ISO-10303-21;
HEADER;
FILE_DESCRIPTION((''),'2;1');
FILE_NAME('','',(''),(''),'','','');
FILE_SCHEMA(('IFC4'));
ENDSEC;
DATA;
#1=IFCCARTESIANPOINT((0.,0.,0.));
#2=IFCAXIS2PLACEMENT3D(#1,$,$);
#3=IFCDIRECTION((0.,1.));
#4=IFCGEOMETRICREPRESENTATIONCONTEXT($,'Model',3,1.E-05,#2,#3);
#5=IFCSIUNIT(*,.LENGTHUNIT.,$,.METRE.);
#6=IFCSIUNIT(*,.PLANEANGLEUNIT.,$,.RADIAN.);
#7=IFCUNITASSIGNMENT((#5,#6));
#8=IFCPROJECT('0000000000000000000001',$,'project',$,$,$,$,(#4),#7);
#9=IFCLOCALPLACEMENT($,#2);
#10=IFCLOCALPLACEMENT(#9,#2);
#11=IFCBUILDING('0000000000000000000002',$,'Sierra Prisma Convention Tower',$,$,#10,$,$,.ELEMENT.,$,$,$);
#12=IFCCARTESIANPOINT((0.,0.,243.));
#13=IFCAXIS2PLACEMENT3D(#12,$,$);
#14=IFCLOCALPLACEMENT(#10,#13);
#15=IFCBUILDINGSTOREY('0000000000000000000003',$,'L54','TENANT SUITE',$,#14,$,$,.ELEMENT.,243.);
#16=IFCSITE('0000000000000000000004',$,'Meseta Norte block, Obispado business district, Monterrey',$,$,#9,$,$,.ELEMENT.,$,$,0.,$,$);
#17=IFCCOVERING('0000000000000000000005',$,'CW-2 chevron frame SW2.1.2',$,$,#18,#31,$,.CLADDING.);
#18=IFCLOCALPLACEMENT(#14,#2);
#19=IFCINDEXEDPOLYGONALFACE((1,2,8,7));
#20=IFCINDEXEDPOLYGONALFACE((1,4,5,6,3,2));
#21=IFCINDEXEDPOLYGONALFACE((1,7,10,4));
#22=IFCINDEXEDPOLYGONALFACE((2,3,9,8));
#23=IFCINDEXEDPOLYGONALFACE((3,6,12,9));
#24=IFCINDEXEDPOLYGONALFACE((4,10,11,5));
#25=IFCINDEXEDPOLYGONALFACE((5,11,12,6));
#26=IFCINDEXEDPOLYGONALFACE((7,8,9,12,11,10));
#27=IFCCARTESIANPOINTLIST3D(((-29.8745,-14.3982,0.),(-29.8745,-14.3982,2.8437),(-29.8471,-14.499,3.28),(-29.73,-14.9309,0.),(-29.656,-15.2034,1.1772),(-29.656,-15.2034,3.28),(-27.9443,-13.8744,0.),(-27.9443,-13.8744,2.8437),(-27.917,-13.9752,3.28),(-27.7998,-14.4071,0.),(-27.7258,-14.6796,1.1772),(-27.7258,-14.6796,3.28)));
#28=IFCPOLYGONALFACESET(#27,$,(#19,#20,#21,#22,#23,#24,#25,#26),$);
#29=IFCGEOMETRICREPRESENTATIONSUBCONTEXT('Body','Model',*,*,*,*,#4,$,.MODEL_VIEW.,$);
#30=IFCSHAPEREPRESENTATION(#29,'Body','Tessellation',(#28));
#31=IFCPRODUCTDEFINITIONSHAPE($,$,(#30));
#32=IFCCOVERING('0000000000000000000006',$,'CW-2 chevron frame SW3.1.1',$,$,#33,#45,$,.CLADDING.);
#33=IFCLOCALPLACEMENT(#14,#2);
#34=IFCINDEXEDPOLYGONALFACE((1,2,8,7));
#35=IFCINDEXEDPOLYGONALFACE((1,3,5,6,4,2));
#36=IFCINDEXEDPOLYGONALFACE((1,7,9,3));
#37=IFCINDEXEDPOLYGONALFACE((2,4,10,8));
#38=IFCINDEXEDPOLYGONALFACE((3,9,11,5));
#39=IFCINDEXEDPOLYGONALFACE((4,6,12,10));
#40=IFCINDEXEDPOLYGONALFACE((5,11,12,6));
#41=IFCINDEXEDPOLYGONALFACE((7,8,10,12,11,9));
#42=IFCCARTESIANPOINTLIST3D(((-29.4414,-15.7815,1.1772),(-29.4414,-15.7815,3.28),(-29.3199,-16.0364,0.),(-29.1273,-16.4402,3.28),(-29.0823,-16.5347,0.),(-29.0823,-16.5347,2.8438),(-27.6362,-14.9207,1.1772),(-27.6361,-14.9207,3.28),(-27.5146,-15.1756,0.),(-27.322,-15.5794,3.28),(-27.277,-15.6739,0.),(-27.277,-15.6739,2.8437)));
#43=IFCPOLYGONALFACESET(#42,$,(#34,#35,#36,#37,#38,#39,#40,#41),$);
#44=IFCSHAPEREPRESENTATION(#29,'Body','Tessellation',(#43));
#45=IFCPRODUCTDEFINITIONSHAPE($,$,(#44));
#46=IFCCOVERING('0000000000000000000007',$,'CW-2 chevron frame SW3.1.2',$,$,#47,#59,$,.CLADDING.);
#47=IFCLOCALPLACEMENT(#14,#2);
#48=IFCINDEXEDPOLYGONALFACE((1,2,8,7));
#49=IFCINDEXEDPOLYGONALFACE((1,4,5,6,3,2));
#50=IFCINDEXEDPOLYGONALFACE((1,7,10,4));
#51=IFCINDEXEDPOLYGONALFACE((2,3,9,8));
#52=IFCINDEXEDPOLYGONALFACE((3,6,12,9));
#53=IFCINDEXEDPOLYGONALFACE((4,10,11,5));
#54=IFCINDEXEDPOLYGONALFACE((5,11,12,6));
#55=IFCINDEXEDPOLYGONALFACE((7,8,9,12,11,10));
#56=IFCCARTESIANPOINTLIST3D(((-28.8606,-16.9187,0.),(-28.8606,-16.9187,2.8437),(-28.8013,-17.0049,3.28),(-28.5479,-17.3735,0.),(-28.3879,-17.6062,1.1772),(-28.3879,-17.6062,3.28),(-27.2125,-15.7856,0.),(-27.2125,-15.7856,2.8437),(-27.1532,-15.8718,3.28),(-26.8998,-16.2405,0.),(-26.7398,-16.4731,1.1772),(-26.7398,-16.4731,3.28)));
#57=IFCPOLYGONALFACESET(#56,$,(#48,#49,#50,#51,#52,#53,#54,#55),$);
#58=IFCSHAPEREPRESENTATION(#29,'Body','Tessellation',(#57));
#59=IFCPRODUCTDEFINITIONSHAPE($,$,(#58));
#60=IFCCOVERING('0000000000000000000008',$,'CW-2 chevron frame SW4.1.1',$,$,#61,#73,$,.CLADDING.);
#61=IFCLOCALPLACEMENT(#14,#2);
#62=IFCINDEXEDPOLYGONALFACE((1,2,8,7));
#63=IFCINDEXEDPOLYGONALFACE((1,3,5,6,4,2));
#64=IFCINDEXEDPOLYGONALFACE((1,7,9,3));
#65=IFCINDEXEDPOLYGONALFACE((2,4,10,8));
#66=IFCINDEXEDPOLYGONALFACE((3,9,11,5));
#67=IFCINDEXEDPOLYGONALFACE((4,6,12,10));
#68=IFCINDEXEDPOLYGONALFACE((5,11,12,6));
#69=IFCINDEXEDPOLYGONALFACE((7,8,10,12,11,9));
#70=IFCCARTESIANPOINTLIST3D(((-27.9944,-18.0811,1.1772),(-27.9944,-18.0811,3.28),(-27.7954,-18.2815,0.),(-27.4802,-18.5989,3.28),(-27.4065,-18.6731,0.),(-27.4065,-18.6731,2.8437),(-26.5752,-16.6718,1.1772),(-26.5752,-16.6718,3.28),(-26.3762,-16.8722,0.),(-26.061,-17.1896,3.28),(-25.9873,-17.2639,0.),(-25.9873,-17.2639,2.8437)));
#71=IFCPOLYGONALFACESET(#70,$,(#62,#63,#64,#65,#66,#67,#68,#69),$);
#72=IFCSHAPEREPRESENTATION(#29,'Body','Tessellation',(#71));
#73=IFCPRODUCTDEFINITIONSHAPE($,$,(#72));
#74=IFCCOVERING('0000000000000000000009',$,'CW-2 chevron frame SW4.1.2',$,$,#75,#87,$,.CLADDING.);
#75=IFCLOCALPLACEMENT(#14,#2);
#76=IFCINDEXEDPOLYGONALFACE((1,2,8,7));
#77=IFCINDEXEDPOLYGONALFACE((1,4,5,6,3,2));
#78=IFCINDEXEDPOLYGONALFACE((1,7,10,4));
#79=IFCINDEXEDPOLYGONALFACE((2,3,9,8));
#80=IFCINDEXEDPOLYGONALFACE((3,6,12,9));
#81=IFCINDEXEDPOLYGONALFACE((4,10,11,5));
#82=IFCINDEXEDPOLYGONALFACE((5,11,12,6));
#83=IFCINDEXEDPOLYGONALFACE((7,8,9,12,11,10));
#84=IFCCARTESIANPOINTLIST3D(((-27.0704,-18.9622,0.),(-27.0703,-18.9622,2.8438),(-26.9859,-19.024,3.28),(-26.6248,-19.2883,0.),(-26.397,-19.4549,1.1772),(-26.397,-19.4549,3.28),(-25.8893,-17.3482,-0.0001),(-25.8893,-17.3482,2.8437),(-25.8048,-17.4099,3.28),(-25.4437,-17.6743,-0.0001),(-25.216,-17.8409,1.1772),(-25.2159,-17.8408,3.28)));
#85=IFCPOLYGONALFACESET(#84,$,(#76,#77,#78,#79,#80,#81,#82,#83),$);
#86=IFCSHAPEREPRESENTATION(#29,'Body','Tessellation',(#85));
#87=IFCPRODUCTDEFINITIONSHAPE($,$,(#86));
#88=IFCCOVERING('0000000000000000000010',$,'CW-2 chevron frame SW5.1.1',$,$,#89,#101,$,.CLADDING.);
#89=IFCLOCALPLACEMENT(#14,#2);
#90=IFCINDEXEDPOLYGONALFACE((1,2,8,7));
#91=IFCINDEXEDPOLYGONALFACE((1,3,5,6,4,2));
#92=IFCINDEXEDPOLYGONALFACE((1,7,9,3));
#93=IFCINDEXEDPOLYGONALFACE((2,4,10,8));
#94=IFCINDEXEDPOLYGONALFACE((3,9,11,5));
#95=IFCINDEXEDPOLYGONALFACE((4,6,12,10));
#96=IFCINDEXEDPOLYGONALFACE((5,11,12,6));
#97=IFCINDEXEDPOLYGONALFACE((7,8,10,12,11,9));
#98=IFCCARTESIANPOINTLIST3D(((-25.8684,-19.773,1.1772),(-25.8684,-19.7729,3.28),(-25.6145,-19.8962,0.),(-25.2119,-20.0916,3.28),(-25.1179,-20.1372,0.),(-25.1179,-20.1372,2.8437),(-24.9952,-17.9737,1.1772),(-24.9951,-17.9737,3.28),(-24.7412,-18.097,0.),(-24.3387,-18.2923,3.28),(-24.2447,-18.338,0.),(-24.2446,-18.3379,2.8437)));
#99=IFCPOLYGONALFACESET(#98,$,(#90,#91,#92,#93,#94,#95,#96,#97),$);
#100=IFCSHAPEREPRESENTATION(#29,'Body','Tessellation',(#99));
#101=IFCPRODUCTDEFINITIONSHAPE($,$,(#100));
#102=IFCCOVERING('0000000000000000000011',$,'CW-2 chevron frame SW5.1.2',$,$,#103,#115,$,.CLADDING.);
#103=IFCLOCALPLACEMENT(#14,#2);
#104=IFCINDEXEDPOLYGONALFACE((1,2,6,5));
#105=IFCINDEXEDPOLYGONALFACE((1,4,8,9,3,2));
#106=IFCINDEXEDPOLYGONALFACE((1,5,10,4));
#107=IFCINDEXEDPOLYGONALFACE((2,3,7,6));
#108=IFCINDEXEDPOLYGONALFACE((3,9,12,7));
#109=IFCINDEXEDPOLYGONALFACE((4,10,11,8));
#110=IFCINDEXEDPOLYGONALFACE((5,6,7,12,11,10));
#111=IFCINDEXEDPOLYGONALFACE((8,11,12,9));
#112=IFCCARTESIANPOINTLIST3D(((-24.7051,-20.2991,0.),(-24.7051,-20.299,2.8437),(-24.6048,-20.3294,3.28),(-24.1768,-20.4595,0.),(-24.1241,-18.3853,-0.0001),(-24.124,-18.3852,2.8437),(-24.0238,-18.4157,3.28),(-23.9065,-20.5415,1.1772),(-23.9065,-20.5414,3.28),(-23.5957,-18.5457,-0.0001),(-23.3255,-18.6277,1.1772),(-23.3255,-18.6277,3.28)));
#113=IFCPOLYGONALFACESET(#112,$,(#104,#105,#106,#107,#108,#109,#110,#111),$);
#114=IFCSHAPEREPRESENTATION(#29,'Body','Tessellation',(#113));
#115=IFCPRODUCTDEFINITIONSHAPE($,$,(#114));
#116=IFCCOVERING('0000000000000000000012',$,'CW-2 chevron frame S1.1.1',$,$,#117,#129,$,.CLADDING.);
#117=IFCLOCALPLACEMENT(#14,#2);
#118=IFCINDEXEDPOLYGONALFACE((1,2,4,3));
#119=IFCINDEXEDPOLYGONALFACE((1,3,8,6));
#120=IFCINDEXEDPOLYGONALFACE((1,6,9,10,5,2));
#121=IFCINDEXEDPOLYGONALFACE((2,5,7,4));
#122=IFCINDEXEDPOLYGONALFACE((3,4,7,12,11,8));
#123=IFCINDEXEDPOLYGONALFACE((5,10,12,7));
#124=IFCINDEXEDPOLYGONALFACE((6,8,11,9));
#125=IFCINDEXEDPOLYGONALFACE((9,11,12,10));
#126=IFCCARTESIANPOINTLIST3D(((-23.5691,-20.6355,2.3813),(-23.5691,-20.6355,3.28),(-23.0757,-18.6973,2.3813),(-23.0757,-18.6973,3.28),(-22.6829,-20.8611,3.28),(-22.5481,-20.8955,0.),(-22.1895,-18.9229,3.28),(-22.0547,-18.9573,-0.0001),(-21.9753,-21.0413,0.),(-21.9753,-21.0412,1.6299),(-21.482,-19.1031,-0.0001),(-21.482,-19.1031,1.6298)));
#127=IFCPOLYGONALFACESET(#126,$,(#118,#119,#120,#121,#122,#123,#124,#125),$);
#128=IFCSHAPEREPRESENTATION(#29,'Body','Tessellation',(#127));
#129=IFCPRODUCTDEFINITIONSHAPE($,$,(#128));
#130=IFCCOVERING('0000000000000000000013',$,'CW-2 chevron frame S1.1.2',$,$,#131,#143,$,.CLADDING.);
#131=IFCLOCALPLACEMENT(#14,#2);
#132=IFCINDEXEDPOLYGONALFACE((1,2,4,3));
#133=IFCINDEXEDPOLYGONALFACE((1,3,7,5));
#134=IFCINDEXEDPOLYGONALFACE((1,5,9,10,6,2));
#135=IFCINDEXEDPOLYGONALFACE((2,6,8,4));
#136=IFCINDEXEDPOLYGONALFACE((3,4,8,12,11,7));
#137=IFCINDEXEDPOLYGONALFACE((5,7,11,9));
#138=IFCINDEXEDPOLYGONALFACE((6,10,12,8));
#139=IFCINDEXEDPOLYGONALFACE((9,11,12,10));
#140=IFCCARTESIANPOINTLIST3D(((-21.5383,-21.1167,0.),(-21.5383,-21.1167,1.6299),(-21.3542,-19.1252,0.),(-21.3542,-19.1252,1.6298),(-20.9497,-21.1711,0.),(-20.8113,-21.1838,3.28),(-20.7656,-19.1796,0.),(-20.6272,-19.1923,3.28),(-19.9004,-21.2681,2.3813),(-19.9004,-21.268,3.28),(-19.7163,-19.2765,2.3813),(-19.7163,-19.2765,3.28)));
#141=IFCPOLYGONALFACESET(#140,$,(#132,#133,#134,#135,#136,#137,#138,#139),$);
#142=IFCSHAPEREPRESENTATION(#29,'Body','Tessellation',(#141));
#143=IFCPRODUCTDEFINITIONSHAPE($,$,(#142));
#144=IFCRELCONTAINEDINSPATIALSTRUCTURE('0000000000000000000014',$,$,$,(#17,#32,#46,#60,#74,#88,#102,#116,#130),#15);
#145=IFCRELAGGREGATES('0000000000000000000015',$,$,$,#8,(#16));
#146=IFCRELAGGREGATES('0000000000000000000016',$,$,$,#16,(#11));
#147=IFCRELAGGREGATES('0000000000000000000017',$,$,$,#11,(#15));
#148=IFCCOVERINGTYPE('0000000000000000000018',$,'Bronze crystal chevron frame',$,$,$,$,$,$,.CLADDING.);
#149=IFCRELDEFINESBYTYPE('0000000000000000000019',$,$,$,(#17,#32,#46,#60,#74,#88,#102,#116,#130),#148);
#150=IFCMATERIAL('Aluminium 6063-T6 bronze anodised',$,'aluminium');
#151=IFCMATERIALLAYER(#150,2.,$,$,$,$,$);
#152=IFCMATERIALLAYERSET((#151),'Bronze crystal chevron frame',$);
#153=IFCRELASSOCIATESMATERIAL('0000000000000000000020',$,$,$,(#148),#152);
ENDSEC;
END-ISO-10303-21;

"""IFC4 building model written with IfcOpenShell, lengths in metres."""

from ifc_helpers import new_model, si_unit, direction, frame, origin, place, context, subcontext, project, spatial, polyline, outline, extrude, material, layer, layer_set, type_object, element, save


model = new_model("IFC4")

# Units and contexts
model_context = context("Model", 3, precision=1e-05, world=origin(), true_north=direction((0.0, 1.0)))
body_context = subcontext(model_context, "Body", "Model", "MODEL_VIEW")
ifc_project = project(units=[si_unit("LENGTHUNIT", "METRE"), si_unit("PLANEANGLEUNIT", "RADIAN")], contexts=[model_context])

# Site, building, storey
site_placement = place(None, origin())
site = spatial("IfcSite", under=ifc_project, at=site_placement, Name="Meseta Norte block, Obispado business district, Monterrey", CompositionType="ELEMENT", RefElevation=0.0)
building_placement = place(site_placement, origin())
building = spatial("IfcBuilding", under=site, at=building_placement, Name="Sierra Prisma Convention Tower", CompositionType="ELEMENT")
storey_placement = place(building_placement, frame((0.0, 0.0, 243.0)))
storey = spatial("IfcBuildingStorey", under=building, at=storey_placement, Name="L54", Description="TENANT SUITE", CompositionType="ELEMENT", Elevation=243.0)

# Coverings
ifc_material_1 = material(Name="Aluminium 6063-T6 bronze anodised", Category="aluminium")
ifc_layer_1 = layer(ifc_material_1, 2.0)
ifc_layer_set_1 = layer_set([ifc_layer_1], Name="Bronze crystal chevron frame")
covering_type = type_object("IfcCoveringType", Name="Bronze crystal chevron frame", PredefinedType="CLADDING", material=ifc_layer_set_1)
covering_1_placement = place(storey_placement, frame((-29.8745, -14.3982, 0.0), z_axis=(-0.965096, -0.261898, 0.000003), x_axis=(0.261898, -0.965096, 0.0)))
element("IfcCovering", 1, at=covering_1_placement, inside=storey, type_object=covering_type, Name="CW-2 chevron frame SW2.1.2", PredefinedType="CLADDING", context=body_context, shape_type="SweptSolid", body=[
    extrude(outline(polyline([(0.0, 0.0), (0.552, 0.0), (0.8343, 1.1772), (0.8343, 3.28), (0.1045, 3.28), (0.0, 2.8437), (0.0, 0.0)])), origin(), (0.0, 0.0, -1.0), 2.0),
])
covering_2_placement = place(storey_placement, frame((-29.4414, -15.7815, 3.28), z_axis=(-0.902639, -0.430399, 0.000012), x_axis=(-0.000011, -0.000005, -1.0)))
element("IfcCovering", 2, at=covering_2_placement, inside=storey, type_object=covering_type, Name="CW-2 chevron frame SW3.1.1", PredefinedType="CLADDING", context=body_context, shape_type="SweptSolid", body=[
    extrude(outline(polyline([(0.0, 0.0), (2.1028, 0.0), (3.28, 0.2824), (3.28, 0.8344), (0.4363, 0.8344), (0.0, 0.7298), (0.0, 0.0)])), origin(), (0.0, 0.0, -1.0), 2.0),
])
covering_3_placement = place(storey_placement, frame((-28.5479, -17.3735, 0.0), z_axis=(-0.82404, -0.566532, 0.000004), x_axis=(0.13212, -0.192166, 0.972428)))
element("IfcCovering", 3, at=covering_3_placement, inside=storey, type_object=covering_type, Name="CW-2 chevron frame SW3.1.2", PredefinedType="CLADDING", context=body_context, shape_type="SweptSolid", body=[
    extrude(outline(polyline([(0.0, 0.0), (1.2106, 0.0), (3.2554, 0.4904), (3.0853, 1.1999), (2.6366, 1.1999), (-0.1287, 0.5368), (0.0, 0.0)])), origin(), (0.0, 0.0, -1.0), 2.0),
])
covering_4_placement = place(storey_placement, frame((-27.9944, -18.0811, 3.28), z_axis=(-0.709584, -0.704621, 0.000003), x_axis=(-0.000002, -0.000002, -1.0)))
element("IfcCovering", 4, at=covering_4_placement, inside=storey, type_object=covering_type, Name="CW-2 chevron frame SW4.1.1", PredefinedType="CLADDING", context=body_context, shape_type="SweptSolid", body=[
    extrude(outline(polyline([(0.0, 0.0), (2.1028, 0.0), (3.28, 0.2824), (3.28, 0.8343), (0.4363, 0.8343), (0.0, 0.7297), (0.0, 0.0)])), origin(), (0.0, 0.0, -1.0), 2.0),
])
covering_5_placement = place(storey_placement, frame((-26.6248, -19.2883, 0.0), z_axis=(-0.590527, -0.807018, 0.000027), x_axis=(0.188106, -0.137613, 0.97246)))
element("IfcCovering", 5, at=covering_5_placement, inside=storey, type_object=covering_type, Name="CW-2 chevron frame SW4.1.2", PredefinedType="CLADDING", context=body_context, shape_type="SweptSolid", body=[
    extrude(outline(polyline([(0.0, 0.0), (1.2106, 0.0), (3.2555, 0.4901), (3.0854, 1.1997), (2.6367, 1.1998), (-0.1287, 0.537), (0.0, 0.0)])), origin(), (0.0, 0.0, -1.0), 2.0),
])
covering_6_placement = place(storey_placement, frame((-25.8684, -19.7729, 3.28), z_axis=(-0.436634, -0.899639, 0.000013), x_axis=(-0.000006, -0.000012, -1.0)))
element("IfcCovering", 6, at=covering_6_placement, inside=storey, type_object=covering_type, Name="CW-2 chevron frame SW5.1.1", PredefinedType="CLADDING", context=body_context, shape_type="SweptSolid", body=[
    extrude(outline(polyline([(0.0, 0.0), (2.1028, 0.0), (3.28, 0.2823), (3.28, 0.8342), (0.4363, 0.8342), (0.0, 0.7297), (0.0, 0.0)])), origin(), (0.0, 0.0, -1.0), 2.0),
])
covering_7_placement = place(storey_placement, frame((-24.7051, -20.2991, 0.0), z_axis=(-0.290504, -0.956874, 0.000032), x_axis=(0.956874, -0.290504, 0.0)))
element("IfcCovering", 7, at=covering_7_placement, inside=storey, type_object=covering_type, Name="CW-2 chevron frame SW5.1.2", PredefinedType="CLADDING", context=body_context, shape_type="SweptSolid", body=[
    extrude(outline(polyline([(0.0, 0.0), (0.5521, 0.0), (0.8346, 1.1772), (0.8346, 3.28), (0.1048, 3.28), (0.0, 2.8437), (0.0, 0.0)])), origin(), (0.0, 0.0, -1.0), 2.0),
])
covering_8_placement = place(storey_placement, frame((-23.5691, -20.6355, 3.28), z_axis=(-0.246693, -0.969094, 0.000025), x_axis=(-0.000006, -0.000025, -1.0)))
element("IfcCovering", 8, at=covering_8_placement, inside=storey, type_object=covering_type, Name="CW-2 chevron frame S1.1.1", PredefinedType="CLADDING", context=body_context, shape_type="SweptSolid", body=[
    extrude(outline(polyline([(0.0, 0.0), (0.8987, 0.0), (3.28, 1.0536), (3.28, 1.6446), (1.6501, 1.6446), (0.0, 0.9145), (0.0, 0.0)])), origin(), (0.0, 0.0, -1.0), 2.0),
])
covering_9_placement = place(storey_placement, frame((-21.5383, -21.1167, 0.0), z_axis=(-0.092048, -0.995755, 0.000023), x_axis=(0.995755, -0.092048, 0.0)))
element("IfcCovering", 9, at=covering_9_placement, inside=storey, type_object=covering_type, Name="CW-2 chevron frame S1.1.2", PredefinedType="CLADDING", context=body_context, shape_type="SweptSolid", body=[
    extrude(outline(polyline([(0.0, 0.0), (0.5911, 0.0), (1.6449, 2.3813), (1.6449, 3.28), (0.7301, 3.28), (0.0, 1.6299), (0.0, 0.0)])), origin(), (0.0, 0.0, -1.0), 2.0),
])

save(model, "model.ifc")
